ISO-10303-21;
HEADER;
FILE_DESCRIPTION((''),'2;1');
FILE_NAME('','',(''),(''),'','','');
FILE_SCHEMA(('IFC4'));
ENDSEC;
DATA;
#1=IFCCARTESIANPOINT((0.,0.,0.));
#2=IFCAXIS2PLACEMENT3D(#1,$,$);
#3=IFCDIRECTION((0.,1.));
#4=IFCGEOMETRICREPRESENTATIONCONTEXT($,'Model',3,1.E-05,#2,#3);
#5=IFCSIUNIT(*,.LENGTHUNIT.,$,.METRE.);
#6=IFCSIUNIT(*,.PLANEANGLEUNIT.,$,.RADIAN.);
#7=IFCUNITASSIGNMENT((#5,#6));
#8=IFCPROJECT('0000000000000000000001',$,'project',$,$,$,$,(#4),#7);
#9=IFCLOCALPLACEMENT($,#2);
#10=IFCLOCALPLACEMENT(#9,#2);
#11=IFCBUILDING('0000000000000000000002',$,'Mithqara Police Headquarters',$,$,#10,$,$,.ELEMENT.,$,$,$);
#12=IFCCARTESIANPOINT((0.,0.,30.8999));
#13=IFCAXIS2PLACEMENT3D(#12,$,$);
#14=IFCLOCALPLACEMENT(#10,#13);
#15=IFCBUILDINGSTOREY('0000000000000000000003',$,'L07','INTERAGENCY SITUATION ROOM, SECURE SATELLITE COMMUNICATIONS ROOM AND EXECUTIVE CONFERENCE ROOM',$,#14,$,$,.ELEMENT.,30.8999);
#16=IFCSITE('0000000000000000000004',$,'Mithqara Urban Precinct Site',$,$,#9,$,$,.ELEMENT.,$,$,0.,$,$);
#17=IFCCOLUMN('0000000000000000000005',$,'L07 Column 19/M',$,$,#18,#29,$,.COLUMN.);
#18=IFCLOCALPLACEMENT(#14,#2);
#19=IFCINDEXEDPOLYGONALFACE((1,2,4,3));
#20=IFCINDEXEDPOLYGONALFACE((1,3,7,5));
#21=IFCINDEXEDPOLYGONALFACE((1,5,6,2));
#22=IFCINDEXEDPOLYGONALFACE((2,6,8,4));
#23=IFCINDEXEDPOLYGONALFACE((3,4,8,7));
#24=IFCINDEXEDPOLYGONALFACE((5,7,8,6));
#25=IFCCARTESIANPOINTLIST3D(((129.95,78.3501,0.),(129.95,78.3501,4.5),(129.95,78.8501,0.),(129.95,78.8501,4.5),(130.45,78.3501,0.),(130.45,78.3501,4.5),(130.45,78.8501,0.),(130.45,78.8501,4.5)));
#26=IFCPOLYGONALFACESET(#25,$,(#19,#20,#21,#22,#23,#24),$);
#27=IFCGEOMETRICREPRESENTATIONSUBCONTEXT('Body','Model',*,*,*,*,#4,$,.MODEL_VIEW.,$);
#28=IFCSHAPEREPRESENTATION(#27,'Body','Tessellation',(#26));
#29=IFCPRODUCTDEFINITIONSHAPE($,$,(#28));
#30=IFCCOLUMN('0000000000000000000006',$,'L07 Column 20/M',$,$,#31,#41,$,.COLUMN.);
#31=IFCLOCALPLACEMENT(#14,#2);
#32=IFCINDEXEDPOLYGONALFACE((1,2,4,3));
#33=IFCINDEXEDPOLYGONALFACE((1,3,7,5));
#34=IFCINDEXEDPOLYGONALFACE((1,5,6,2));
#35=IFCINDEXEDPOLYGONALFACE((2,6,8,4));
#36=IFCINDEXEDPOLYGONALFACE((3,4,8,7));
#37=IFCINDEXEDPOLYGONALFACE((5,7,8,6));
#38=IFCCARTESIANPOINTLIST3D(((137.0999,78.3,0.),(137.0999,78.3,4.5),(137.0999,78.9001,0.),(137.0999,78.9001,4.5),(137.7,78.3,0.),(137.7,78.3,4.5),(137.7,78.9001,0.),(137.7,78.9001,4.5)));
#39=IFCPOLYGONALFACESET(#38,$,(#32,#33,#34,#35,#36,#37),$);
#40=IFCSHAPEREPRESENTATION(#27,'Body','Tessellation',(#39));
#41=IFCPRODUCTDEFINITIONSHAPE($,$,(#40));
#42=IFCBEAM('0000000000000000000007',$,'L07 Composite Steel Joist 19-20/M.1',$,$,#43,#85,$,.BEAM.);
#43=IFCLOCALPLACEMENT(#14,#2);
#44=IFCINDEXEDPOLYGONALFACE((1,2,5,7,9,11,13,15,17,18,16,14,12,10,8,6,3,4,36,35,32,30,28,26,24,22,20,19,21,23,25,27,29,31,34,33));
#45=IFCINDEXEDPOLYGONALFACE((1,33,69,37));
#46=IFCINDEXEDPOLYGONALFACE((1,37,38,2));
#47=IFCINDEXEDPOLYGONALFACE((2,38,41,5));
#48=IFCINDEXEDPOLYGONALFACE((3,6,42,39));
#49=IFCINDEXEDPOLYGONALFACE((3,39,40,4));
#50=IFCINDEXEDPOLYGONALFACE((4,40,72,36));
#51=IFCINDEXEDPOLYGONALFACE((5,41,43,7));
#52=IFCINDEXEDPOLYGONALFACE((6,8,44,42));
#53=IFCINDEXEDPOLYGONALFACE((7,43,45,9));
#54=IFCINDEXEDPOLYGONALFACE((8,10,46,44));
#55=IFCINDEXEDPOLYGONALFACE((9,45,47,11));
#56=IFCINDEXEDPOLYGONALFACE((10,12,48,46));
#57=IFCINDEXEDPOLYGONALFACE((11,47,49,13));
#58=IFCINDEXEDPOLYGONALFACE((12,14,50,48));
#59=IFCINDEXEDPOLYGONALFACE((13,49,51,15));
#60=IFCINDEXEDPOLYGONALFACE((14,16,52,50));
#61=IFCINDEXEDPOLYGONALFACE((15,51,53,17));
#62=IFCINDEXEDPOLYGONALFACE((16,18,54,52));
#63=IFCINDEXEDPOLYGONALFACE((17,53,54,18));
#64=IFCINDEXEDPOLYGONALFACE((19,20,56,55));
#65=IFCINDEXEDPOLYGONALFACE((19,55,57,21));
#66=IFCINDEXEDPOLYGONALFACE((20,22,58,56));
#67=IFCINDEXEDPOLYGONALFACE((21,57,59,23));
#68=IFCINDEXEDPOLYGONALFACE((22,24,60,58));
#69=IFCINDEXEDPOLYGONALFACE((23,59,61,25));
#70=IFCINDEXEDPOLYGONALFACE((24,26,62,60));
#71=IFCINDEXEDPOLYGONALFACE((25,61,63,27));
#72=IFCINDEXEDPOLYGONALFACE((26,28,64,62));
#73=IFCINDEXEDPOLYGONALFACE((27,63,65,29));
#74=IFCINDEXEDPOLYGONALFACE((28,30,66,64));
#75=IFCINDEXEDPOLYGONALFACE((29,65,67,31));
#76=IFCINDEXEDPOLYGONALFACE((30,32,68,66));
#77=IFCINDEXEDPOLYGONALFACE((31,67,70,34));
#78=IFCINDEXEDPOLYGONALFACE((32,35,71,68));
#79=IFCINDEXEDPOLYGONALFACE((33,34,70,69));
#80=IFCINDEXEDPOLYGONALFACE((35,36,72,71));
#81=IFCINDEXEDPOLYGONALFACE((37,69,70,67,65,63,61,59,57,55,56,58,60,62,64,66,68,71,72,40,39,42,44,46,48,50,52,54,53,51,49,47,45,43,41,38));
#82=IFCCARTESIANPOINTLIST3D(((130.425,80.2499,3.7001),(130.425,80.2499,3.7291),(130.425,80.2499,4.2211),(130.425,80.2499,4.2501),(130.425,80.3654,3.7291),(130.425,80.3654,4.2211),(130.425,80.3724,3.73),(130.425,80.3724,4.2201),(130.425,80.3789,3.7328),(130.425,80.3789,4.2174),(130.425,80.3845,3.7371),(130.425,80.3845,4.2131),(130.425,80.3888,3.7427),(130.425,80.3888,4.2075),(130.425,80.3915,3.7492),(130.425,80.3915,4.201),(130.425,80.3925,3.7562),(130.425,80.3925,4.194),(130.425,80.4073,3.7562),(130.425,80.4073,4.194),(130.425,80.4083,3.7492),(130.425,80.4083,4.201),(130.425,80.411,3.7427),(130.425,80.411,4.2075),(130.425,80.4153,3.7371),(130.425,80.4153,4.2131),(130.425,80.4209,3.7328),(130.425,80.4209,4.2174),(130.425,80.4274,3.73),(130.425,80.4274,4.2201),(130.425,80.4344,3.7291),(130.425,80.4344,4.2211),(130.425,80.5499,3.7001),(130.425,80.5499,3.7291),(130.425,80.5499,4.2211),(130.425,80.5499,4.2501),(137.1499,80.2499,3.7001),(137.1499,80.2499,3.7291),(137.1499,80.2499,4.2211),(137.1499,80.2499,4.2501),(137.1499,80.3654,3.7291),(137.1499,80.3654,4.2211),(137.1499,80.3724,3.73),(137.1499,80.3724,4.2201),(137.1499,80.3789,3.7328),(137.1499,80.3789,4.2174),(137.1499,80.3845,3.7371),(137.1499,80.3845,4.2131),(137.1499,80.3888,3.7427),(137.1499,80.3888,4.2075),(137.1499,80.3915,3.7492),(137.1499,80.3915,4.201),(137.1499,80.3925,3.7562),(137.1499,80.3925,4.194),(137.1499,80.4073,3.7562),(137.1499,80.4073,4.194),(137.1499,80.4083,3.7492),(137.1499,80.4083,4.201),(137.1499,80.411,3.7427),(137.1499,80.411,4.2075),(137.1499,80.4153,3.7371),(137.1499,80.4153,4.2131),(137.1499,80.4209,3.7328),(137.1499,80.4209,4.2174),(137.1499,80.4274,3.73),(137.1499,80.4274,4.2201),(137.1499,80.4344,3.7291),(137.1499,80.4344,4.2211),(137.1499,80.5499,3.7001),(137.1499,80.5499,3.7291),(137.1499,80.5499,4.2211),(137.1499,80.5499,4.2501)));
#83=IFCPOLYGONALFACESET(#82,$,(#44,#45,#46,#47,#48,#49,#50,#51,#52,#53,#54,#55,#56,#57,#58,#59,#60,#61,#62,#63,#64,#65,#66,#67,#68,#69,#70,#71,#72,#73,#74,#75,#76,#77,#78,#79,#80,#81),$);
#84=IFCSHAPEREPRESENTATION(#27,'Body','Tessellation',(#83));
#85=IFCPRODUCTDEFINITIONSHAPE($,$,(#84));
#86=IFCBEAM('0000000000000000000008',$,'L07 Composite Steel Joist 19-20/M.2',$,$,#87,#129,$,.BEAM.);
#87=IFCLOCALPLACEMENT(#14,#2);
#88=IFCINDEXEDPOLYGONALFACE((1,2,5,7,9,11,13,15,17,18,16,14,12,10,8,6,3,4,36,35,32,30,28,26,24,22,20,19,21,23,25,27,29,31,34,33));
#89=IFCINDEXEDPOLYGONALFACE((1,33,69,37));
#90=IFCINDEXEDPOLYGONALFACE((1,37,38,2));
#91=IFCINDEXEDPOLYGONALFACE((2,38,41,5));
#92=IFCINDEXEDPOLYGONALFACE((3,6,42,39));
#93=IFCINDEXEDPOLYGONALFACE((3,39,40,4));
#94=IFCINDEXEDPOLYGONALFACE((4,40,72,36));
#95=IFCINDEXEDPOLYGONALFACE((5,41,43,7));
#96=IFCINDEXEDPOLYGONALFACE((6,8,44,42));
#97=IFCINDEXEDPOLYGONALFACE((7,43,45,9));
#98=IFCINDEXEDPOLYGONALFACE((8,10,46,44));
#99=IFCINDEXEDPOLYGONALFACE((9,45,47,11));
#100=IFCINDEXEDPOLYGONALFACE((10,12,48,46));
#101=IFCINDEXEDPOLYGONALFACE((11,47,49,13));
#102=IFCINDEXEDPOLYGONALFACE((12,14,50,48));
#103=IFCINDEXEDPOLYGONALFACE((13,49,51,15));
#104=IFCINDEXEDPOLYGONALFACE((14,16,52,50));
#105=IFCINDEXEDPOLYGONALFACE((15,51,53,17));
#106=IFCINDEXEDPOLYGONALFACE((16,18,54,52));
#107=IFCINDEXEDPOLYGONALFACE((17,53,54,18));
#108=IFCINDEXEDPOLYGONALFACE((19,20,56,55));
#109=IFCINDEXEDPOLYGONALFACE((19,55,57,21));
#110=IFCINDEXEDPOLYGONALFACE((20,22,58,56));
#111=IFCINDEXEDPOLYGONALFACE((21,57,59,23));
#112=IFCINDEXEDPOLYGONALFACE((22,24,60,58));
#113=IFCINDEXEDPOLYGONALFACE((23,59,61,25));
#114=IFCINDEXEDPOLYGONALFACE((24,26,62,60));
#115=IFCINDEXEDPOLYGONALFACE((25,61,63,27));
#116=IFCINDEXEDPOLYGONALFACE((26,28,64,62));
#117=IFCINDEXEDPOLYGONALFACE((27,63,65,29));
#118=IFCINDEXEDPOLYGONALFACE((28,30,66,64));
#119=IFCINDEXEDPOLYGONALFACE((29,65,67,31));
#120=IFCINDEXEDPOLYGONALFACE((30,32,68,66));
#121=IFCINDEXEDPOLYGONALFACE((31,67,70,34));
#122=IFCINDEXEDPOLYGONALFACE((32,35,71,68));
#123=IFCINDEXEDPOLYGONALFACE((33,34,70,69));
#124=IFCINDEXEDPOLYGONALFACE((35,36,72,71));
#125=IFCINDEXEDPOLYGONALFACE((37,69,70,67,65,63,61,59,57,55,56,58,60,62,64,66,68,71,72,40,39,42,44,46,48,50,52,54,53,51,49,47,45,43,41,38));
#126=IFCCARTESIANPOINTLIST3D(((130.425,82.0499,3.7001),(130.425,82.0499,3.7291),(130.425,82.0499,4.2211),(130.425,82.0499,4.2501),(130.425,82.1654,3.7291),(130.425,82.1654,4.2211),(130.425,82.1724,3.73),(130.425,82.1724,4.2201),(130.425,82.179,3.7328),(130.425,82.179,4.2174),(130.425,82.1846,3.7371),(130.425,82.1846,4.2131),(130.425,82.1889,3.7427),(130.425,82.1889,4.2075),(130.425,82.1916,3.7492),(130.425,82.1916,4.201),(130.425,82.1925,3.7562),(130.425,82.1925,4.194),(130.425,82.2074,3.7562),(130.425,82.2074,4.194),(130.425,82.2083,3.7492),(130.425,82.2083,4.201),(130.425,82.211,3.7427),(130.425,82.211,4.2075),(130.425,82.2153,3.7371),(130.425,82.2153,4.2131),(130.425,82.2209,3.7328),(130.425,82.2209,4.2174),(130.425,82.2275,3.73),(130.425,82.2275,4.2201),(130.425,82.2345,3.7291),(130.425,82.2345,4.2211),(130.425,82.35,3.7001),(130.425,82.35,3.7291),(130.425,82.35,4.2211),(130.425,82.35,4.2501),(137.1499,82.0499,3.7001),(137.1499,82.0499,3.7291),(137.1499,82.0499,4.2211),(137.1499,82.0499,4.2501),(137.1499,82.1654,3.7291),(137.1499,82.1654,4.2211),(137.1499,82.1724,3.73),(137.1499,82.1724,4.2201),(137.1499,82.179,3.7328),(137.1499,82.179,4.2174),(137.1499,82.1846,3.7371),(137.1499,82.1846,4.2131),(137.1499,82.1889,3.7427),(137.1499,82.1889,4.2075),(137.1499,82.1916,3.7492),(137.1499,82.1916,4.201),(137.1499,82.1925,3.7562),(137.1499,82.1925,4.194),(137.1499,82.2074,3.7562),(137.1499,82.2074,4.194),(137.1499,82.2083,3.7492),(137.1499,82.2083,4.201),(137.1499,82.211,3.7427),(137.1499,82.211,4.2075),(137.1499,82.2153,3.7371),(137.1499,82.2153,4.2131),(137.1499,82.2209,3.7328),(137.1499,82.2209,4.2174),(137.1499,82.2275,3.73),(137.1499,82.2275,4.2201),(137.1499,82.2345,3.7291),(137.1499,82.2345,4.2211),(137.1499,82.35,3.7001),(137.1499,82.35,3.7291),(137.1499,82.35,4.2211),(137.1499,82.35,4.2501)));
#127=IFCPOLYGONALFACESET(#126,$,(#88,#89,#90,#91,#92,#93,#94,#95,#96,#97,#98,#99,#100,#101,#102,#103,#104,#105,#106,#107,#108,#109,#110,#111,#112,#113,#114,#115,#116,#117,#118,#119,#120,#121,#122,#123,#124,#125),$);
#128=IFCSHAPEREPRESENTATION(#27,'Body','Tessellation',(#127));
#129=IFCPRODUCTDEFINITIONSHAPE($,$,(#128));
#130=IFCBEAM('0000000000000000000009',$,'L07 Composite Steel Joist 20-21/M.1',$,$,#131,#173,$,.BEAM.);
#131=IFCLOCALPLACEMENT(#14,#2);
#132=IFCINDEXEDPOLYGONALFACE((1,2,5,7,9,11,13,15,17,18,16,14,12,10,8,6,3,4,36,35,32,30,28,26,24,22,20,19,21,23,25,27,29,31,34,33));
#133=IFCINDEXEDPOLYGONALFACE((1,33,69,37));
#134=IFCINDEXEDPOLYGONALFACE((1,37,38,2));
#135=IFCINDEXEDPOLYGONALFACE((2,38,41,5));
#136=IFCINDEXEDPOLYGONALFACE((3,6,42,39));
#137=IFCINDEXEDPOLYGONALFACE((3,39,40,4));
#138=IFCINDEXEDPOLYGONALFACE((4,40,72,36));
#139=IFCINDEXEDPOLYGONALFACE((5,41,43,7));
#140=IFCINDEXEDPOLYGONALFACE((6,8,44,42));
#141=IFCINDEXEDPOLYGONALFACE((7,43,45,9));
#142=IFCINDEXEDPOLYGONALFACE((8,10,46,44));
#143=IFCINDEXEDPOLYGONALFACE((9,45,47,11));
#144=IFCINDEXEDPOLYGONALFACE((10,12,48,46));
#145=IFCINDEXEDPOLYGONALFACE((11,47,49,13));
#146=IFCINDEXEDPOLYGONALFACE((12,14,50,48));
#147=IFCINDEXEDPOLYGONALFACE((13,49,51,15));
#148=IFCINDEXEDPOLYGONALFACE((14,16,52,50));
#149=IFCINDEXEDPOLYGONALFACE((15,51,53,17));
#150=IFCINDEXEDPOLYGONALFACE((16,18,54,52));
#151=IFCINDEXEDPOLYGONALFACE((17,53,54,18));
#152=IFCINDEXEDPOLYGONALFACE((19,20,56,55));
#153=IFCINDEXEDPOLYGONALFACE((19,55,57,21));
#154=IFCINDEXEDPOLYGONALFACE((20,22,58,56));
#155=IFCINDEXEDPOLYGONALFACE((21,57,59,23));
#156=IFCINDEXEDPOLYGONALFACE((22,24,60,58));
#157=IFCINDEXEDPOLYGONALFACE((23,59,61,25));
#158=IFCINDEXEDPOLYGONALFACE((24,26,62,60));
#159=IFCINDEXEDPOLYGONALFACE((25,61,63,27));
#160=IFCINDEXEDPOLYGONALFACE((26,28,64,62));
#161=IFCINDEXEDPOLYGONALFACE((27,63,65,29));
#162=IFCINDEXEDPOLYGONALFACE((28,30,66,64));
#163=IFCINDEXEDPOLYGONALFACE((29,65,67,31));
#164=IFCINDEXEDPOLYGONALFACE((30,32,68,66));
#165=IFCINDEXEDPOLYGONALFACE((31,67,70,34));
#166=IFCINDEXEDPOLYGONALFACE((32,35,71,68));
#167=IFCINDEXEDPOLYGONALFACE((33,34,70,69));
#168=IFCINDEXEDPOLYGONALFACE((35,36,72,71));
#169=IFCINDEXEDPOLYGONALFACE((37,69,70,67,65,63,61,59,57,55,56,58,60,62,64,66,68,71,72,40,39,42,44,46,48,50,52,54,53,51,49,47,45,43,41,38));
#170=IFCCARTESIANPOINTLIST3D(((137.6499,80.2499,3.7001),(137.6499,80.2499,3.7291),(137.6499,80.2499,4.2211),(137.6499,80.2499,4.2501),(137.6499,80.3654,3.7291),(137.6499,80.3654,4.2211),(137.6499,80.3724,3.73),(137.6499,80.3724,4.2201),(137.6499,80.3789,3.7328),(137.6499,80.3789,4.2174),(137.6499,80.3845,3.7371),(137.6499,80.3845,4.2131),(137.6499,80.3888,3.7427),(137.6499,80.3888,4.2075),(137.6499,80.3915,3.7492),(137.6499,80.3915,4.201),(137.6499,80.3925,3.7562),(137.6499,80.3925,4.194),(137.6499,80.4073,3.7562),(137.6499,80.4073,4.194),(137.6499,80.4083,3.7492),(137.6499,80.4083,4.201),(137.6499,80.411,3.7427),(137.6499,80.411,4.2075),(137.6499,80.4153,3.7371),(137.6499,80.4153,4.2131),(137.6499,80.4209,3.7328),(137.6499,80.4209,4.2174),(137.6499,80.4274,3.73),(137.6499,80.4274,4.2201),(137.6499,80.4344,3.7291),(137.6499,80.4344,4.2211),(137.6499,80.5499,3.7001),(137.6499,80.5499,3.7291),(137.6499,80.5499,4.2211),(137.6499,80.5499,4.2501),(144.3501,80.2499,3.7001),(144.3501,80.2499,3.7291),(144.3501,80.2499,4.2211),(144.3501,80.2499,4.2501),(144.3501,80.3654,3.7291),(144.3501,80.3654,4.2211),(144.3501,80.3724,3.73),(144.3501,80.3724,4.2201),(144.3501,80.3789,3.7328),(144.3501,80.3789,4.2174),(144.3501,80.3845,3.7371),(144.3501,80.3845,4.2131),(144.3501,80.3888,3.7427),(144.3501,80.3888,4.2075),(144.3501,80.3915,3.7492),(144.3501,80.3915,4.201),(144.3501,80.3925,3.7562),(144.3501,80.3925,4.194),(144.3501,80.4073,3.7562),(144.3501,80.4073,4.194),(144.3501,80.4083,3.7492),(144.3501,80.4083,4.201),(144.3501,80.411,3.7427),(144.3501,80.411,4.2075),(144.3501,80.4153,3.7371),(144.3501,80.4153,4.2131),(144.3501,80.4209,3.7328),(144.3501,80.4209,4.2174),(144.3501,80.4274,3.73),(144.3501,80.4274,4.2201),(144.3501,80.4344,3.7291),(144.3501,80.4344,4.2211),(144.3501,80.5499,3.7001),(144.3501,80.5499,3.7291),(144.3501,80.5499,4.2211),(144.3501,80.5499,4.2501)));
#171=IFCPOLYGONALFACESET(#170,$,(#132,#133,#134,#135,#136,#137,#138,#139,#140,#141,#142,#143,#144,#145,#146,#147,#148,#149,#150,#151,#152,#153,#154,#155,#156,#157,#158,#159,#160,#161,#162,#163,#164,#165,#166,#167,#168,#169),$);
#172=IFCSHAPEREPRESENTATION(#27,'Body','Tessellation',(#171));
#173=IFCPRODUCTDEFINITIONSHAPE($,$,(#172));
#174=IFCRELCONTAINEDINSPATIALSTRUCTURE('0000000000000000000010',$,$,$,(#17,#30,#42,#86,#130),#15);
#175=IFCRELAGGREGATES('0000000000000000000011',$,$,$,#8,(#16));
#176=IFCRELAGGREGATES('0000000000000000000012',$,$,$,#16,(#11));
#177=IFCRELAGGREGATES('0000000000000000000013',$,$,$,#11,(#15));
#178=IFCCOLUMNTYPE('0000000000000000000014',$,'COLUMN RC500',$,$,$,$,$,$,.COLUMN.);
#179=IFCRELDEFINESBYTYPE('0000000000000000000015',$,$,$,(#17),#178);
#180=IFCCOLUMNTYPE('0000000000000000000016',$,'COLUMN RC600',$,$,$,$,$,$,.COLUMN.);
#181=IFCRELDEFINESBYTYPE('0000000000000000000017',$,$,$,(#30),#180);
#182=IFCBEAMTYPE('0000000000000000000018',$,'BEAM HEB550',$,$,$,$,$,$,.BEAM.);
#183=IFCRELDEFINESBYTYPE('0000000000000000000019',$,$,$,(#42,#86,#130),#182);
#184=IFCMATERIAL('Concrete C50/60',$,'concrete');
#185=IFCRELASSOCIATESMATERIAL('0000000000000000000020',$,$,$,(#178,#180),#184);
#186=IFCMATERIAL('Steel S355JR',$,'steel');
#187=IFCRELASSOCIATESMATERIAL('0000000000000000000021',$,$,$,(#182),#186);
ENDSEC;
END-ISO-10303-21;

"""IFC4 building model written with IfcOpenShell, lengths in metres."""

from ifc_helpers import new_model, si_unit, direction, frame, origin, origin_2d, place, context, subcontext, project, spatial, rectangle, i_section, extrude, material, material_profile, profile_set, type_object, element, save


model = new_model("IFC4")

# Units and contexts
model_context = context("Model", 3, precision=1e-05, world=origin(), true_north=direction((0.0, 1.0)))
body_context = subcontext(model_context, "Body", "Model", "MODEL_VIEW")
ifc_project = project(units=[si_unit("LENGTHUNIT", "METRE"), si_unit("PLANEANGLEUNIT", "RADIAN")], contexts=[model_context])

# Site, building, storey
site_placement = place(None, origin())
site = spatial("IfcSite", under=ifc_project, at=site_placement, Name="Mithqara Urban Precinct Site", CompositionType="ELEMENT", RefElevation=0.0)
building_placement = place(site_placement, origin())
building = spatial("IfcBuilding", under=site, at=building_placement, Name="Mithqara Police Headquarters", CompositionType="ELEMENT")
storey_placement = place(building_placement, frame((0.0, 0.0, 30.8999)))
storey = spatial("IfcBuildingStorey", under=building, at=storey_placement, Name="L07", Description="INTERAGENCY SITUATION ROOM, SECURE SATELLITE COMMUNICATIONS ROOM AND EXECUTIVE CONFERENCE ROOM", CompositionType="ELEMENT", Elevation=30.8999)

# Columns
ifc_material_1 = material(Name="Concrete C50/60", Category="concrete")
ifc_material_profile_1 = material_profile(ifc_material_1, rectangle(XDim=0.5, YDim=0.5, at=origin_2d()), Name="RC 500x500")
ifc_profile_set_1 = profile_set([ifc_material_profile_1], Name="Concrete C50/60")
column_type_1 = type_object("IfcColumnType", Name="COLUMN RC500", PredefinedType="COLUMN", material=ifc_profile_set_1)
column_1_placement = place(storey_placement, frame((130.2, 78.6001, 0.0), z_axis=(0.0, 0.0, 1.0), x_axis=(1.0, 0.0, 0.0)))
element("IfcColumn", 1, at=column_1_placement, inside=storey, type_object=column_type_1, Name="L07 Column 19/M", PredefinedType="COLUMN", context=body_context, shape_type="SweptSolid", body=[
    extrude(rectangle(XDim=0.5, YDim=0.5, at=origin_2d()), origin(), (0.0, 0.0, 1.0), 4.5),
])
ifc_material_profile_2 = material_profile(ifc_material_1, rectangle(XDim=0.6001, YDim=0.6001, at=origin_2d()), Name="RC 600x600")
ifc_profile_set_2 = profile_set([ifc_material_profile_2], Name="Concrete C50/60")
column_type_2 = type_object("IfcColumnType", Name="COLUMN RC600", PredefinedType="COLUMN", material=ifc_profile_set_2)
column_2_placement = place(storey_placement, frame((137.3999, 78.6001, 0.0), z_axis=(0.0, 0.0, 1.0), x_axis=(1.0, 0.0, 0.0)))
element("IfcColumn", 2, at=column_2_placement, inside=storey, type_object=column_type_2, Name="L07 Column 20/M", PredefinedType="COLUMN", context=body_context, shape_type="SweptSolid", body=[
    extrude(rectangle(XDim=0.6001, YDim=0.6001, at=origin_2d()), origin(), (0.0, 0.0, 1.0), 4.5),
])

# Beams
ifc_material_2 = material(Name="Steel S355JR", Category="steel")
ifc_material_profile_3 = material_profile(ifc_material_2, i_section(OverallWidth=0.3, OverallDepth=0.55, WebThickness=0.0149, FlangeThickness=0.0291, FilletRadius=0.0271, at=origin_2d()), Name="HEB 550")
ifc_profile_set_3 = profile_set([ifc_material_profile_3], Name="Steel S355JR")
beam_type_1 = type_object("IfcBeamType", Name="BEAM HEB550", PredefinedType="BEAM", material=ifc_profile_set_3)
for number, where, z_axis, x_axis, name in (
    (3, (130.425, 80.3999, 3.9751), (1.0, 0.0, 0.0), (0.0, 1.0, 0.0), "L07 Composite Steel Joist 19-20/M.1"),
    (4, (130.425, 82.2, 3.9751), (1.0, 0.0, 0.0), (0.0, 1.0, 0.0), "L07 Composite Steel Joist 19-20/M.2"),
):
    element("IfcBeam", number, at=place(storey_placement, frame(where, z_axis=z_axis, x_axis=x_axis)), inside=storey, type_object=beam_type_1, Name=name, PredefinedType="BEAM", context=body_context, shape_type="SweptSolid", body=[
        extrude(i_section(OverallWidth=0.3, OverallDepth=0.55, WebThickness=0.0149, FlangeThickness=0.0291, FilletRadius=0.0271, at=origin_2d()), origin(), (0.0, 0.0, 1.0), 6.7249),
    ])
for number, where, z_axis, x_axis, name in (
    (5, (137.6499, 80.3999, 3.9751), (1.0, 0.0, 0.0), (0.0, 1.0, 0.0), "L07 Composite Steel Joist 20-21/M.1"),
):
    element("IfcBeam", number, at=place(storey_placement, frame(where, z_axis=z_axis, x_axis=x_axis)), inside=storey, type_object=beam_type_1, Name=name, PredefinedType="BEAM", context=body_context, shape_type="SweptSolid", body=[
        extrude(i_section(OverallWidth=0.3, OverallDepth=0.55, WebThickness=0.0149, FlangeThickness=0.0291, FilletRadius=0.0271, at=origin_2d()), origin(), (0.0, 0.0, 1.0), 6.7002),
    ])

save(model, "model.ifc")
